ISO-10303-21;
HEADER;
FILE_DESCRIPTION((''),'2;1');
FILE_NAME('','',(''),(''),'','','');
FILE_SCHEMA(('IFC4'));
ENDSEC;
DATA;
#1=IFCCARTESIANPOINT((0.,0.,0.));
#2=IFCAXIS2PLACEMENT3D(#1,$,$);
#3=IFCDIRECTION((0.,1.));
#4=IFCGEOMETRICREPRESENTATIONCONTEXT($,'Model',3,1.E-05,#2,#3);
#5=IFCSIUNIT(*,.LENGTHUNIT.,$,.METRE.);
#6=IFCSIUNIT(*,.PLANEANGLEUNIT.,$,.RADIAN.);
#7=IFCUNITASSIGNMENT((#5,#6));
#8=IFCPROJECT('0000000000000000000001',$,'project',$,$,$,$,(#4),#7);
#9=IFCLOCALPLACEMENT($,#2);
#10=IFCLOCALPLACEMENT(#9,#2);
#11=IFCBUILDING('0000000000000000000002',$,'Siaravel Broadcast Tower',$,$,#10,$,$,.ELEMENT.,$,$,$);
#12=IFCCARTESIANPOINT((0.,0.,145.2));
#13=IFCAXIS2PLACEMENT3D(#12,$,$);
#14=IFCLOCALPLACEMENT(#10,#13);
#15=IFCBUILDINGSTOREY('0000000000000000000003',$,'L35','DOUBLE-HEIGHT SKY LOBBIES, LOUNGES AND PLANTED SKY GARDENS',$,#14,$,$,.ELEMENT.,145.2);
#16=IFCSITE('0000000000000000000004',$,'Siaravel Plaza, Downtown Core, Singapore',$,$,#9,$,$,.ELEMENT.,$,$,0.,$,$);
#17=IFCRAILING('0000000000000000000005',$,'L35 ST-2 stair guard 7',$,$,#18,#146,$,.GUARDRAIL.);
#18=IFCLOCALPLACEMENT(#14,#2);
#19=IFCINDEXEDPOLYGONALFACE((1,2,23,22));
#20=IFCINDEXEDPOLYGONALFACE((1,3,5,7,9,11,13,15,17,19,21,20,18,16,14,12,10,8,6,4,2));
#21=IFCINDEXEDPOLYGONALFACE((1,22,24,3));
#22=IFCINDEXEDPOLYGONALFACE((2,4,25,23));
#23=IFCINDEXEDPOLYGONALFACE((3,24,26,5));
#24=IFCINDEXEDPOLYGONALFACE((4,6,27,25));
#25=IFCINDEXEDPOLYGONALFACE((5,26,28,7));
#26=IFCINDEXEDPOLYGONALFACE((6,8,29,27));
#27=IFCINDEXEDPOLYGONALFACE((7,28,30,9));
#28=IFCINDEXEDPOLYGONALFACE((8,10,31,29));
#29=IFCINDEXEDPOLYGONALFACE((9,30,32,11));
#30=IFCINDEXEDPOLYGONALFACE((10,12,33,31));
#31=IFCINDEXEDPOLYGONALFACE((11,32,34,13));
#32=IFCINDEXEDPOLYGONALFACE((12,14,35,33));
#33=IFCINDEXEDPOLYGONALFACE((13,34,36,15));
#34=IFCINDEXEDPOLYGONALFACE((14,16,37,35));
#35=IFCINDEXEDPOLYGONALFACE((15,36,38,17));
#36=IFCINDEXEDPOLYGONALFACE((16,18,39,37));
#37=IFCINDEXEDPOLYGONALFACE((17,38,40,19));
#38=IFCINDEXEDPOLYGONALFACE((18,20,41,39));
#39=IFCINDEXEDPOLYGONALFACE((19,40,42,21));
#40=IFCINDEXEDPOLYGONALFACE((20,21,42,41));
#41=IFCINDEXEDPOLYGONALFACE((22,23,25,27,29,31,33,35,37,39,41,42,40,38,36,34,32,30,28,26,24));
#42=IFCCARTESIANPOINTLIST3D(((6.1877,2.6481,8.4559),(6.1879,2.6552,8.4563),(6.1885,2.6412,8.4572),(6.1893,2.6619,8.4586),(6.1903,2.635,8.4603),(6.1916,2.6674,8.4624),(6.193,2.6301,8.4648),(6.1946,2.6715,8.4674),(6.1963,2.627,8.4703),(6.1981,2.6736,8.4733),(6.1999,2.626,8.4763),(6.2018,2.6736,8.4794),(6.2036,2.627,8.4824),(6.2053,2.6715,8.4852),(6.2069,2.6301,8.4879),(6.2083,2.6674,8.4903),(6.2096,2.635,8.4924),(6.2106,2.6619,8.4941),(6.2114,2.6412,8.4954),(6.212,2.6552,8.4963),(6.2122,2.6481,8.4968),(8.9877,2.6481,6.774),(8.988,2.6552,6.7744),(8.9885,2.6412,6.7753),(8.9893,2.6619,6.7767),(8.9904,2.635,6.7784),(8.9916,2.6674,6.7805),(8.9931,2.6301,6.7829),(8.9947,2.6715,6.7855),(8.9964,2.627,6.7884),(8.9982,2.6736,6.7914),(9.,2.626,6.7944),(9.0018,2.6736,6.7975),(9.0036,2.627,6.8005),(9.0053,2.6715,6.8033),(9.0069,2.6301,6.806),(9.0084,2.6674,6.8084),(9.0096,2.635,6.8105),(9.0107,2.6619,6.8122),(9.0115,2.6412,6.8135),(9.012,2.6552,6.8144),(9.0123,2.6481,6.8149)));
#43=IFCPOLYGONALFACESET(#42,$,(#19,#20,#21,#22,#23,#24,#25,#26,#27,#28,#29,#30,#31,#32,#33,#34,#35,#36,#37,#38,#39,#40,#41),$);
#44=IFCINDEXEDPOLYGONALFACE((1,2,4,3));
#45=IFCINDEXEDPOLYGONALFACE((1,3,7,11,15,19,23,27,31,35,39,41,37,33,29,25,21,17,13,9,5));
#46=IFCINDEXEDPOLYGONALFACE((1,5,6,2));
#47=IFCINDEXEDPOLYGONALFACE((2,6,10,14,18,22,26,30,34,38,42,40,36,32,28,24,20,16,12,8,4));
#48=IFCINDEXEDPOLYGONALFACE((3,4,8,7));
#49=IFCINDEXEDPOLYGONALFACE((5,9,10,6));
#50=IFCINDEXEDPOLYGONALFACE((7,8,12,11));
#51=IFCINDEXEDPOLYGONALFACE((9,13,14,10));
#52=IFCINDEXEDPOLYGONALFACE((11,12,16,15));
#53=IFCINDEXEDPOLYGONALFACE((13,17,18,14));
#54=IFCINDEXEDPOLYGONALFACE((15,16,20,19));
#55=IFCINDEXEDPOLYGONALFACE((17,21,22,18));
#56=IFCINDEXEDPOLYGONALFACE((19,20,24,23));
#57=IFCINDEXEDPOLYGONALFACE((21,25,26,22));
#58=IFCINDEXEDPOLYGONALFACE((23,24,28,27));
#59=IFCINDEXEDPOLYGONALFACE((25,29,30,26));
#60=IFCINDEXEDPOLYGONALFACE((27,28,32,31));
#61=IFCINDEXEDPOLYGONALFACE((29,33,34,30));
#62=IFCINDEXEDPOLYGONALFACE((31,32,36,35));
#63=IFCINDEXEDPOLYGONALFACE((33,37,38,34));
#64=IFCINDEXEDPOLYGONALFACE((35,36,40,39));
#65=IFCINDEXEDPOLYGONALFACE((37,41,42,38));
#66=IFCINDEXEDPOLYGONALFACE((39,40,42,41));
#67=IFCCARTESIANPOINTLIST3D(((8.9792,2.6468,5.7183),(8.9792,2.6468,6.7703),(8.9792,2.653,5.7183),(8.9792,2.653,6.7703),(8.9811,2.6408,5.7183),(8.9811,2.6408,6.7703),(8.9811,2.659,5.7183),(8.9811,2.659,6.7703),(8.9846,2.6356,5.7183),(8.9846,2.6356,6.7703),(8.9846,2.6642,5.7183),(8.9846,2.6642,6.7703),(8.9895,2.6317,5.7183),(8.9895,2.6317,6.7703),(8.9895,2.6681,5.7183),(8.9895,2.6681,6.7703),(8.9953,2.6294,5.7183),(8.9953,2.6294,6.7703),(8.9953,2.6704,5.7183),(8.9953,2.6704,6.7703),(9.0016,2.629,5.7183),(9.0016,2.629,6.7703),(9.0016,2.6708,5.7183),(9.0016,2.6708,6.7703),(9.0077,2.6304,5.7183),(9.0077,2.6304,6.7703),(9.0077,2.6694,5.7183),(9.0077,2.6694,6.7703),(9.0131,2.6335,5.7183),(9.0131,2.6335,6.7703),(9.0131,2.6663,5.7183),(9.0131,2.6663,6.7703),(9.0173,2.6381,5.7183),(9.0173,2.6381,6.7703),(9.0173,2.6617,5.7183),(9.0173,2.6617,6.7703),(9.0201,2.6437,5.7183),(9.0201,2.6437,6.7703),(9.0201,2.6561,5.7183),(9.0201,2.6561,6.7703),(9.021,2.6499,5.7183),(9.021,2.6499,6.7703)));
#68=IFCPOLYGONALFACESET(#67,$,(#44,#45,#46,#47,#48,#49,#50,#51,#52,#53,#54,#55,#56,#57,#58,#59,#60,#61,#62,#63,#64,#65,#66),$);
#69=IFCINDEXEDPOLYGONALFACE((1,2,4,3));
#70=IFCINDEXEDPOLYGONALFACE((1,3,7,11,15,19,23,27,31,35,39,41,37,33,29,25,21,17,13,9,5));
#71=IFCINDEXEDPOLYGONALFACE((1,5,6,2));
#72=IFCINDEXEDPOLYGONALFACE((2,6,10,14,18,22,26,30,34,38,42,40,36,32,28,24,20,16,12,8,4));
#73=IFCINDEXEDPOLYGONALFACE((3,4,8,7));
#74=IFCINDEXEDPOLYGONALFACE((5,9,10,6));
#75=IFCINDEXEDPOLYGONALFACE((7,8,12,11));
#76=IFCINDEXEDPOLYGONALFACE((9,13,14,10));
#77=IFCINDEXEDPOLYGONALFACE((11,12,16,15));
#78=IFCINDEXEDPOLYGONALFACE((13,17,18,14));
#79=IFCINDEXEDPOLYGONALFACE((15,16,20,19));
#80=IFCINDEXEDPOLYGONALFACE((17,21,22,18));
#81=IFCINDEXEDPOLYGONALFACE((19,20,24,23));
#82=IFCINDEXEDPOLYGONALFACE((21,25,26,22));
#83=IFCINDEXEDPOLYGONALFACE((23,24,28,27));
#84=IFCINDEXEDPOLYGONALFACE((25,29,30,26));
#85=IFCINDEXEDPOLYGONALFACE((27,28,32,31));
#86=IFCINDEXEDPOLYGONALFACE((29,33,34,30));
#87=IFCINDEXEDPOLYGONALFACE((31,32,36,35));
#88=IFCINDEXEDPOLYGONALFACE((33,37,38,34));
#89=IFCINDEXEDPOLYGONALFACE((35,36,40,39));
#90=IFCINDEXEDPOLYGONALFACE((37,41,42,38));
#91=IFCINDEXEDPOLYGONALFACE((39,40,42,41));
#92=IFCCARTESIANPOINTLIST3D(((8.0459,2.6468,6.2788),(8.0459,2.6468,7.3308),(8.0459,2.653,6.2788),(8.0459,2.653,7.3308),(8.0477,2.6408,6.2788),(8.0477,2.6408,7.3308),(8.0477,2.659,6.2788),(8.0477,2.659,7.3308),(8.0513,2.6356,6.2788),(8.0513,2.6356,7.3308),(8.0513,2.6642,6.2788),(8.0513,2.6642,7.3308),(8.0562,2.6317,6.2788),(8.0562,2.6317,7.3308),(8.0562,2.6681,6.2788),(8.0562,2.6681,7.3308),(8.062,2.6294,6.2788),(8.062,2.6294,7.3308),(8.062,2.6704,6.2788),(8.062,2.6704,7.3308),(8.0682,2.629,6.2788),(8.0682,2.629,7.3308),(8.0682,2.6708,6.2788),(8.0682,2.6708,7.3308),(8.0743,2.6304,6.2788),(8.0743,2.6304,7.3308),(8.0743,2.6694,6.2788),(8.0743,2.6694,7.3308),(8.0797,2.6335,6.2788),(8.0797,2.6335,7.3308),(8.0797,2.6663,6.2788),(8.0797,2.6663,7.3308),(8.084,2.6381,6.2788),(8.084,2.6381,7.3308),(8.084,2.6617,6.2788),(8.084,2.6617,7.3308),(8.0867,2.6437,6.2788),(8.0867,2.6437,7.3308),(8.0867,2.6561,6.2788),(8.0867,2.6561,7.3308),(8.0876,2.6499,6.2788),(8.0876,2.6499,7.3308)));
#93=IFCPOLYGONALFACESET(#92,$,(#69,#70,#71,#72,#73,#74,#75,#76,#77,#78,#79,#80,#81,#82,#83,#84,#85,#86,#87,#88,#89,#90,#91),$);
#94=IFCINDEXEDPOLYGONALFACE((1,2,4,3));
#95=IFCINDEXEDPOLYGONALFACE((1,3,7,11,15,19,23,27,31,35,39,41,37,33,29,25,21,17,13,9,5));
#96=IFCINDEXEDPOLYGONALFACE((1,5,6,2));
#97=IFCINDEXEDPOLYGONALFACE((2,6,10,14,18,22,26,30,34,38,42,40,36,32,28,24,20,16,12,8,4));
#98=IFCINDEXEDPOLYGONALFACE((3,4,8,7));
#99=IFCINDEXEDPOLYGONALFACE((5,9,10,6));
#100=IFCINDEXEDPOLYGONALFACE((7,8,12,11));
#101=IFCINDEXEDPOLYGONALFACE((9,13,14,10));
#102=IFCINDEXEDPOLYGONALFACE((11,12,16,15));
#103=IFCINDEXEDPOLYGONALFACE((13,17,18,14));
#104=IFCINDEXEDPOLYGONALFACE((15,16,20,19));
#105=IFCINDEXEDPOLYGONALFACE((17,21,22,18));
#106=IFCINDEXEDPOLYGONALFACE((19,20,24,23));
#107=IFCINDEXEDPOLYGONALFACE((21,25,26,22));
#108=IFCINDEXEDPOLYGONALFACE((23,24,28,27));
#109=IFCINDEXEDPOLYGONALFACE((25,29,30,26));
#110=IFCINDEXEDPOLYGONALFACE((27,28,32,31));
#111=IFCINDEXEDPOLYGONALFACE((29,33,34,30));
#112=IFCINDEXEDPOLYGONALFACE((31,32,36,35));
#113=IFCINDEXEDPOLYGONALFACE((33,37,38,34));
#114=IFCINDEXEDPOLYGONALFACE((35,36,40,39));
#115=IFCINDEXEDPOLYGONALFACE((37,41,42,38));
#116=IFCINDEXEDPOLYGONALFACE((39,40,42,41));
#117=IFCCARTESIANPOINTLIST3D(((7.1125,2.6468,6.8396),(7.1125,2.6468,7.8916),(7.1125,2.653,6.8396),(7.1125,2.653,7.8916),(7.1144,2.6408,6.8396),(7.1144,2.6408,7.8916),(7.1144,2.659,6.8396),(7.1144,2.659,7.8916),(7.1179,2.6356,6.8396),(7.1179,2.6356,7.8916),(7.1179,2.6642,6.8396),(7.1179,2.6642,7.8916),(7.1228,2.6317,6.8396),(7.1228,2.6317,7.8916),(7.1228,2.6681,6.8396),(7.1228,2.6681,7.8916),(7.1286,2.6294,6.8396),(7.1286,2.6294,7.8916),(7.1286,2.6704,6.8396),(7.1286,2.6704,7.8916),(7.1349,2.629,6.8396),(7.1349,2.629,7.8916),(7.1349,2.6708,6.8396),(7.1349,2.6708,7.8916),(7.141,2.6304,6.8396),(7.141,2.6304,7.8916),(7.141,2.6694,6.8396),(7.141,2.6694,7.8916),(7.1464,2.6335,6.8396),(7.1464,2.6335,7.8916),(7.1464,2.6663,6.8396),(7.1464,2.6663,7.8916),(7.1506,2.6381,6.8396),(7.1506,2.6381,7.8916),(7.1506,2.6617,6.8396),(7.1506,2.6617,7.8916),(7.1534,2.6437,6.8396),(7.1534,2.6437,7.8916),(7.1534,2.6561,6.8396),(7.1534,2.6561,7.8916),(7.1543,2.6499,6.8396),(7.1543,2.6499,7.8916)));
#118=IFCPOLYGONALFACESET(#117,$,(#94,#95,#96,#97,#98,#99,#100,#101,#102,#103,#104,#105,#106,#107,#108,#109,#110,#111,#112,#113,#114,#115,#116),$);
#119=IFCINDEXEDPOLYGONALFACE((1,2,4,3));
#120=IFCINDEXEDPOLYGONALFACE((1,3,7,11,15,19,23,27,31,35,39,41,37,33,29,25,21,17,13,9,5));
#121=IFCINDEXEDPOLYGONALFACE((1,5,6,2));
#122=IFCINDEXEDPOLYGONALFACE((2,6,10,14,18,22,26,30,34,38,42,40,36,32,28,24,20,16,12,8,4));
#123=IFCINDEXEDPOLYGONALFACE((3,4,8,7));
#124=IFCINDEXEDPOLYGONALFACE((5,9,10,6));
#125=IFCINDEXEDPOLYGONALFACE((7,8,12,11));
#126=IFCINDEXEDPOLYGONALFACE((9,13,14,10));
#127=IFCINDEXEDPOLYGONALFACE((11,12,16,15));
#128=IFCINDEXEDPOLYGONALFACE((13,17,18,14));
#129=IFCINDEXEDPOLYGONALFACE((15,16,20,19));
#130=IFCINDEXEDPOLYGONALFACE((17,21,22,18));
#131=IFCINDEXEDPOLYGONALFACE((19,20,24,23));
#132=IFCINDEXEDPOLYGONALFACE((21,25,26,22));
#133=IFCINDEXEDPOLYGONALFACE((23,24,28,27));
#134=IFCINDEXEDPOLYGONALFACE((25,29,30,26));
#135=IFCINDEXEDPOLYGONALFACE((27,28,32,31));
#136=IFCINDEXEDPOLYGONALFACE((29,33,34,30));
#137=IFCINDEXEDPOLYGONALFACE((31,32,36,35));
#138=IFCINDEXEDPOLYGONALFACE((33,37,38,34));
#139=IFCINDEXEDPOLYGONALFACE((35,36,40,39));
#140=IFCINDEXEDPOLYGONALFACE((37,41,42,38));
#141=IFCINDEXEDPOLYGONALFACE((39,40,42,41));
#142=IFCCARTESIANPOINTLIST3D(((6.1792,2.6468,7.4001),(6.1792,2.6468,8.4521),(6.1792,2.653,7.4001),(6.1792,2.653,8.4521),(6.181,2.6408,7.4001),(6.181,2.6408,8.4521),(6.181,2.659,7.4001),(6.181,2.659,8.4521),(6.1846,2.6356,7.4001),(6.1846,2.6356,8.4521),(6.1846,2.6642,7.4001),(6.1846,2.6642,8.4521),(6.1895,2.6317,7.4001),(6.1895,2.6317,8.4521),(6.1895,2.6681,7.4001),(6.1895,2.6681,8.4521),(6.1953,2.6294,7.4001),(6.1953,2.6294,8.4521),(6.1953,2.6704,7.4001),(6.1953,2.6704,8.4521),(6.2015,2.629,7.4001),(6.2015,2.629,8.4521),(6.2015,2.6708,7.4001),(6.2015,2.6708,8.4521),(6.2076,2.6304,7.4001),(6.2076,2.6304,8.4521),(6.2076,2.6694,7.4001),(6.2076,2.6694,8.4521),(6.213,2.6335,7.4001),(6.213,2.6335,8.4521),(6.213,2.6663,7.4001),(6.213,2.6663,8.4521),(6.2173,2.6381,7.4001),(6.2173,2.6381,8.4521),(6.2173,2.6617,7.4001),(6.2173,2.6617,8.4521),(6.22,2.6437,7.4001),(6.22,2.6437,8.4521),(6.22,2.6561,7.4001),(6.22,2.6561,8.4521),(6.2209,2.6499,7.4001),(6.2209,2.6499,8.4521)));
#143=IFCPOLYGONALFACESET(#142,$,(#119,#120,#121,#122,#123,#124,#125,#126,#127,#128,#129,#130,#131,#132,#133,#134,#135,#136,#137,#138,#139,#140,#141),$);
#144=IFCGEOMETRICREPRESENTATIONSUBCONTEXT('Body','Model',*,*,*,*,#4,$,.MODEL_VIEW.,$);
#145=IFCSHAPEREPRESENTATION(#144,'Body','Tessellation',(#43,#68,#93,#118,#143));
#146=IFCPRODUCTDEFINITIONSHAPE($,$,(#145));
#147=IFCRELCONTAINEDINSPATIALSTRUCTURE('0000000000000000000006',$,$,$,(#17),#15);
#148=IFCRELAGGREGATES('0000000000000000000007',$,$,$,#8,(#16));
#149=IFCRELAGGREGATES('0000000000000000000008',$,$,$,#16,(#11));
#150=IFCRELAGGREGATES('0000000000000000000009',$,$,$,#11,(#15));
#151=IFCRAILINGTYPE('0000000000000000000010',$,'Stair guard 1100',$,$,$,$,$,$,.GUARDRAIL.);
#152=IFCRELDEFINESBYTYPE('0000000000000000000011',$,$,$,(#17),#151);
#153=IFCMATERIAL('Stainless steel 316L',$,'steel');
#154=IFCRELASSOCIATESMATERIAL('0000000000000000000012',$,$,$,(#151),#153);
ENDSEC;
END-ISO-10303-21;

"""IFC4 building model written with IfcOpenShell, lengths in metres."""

from ifc_helpers import new_model, si_unit, direction, frame, origin, origin_2d, place, context, subcontext, project, spatial, circle, extrude, material, type_object, element, save


model = new_model("IFC4")

# Units and contexts
model_context = context("Model", 3, precision=1e-05, world=origin(), true_north=direction((0.0, 1.0)))
body_context = subcontext(model_context, "Body", "Model", "MODEL_VIEW")
ifc_project = project(units=[si_unit("LENGTHUNIT", "METRE"), si_unit("PLANEANGLEUNIT", "RADIAN")], contexts=[model_context])

# Site, building, storey
site_placement = place(None, origin())
site = spatial("IfcSite", under=ifc_project, at=site_placement, Name="Siaravel Plaza, Downtown Core, Singapore", CompositionType="ELEMENT", RefElevation=0.0)
building_placement = place(site_placement, origin())
building = spatial("IfcBuilding", under=site, at=building_placement, Name="Siaravel Broadcast Tower", CompositionType="ELEMENT")
storey_placement = place(building_placement, frame((0.0, 0.0, 145.2)))
storey = spatial("IfcBuildingStorey", under=building, at=storey_placement, Name="L35", Description="DOUBLE-HEIGHT SKY LOBBIES, LOUNGES AND PLANTED SKY GARDENS", CompositionType="ELEMENT", Elevation=145.2)

# Railing
ifc_material_1 = material(Name="Stainless steel 316L", Category="steel")
railing_type_1 = type_object("IfcRailingType", Name="Stair guard 1100", PredefinedType="GUARDRAIL", material=ifc_material_1)
railing_1_placement = place(storey_placement, frame((9.0, 2.6499, 5.7183)))
element("IfcRailing", 1, at=railing_1_placement, inside=storey, type_object=railing_type_1, Name="L35 ST-2 stair guard 7", PredefinedType="GUARDRAIL", context=body_context, shape_type="SweptSolid", body=[
    extrude(circle(Radius=0.0239, at=origin_2d()), frame((0.0, 0.0, 1.0762), z_axis=(-0.857242, 0.0, 0.514913), x_axis=(0.0, -1.0, 0.0)), (0.0, 0.0, 1.0), 3.2664),
    extrude(circle(Radius=0.021, at=origin_2d()), origin(), (0.0, 0.0, 1.0), 1.052),
    extrude(circle(Radius=0.021, at=origin_2d()), frame((-0.9333, 0.0, 0.5605)), (0.0, 0.0, 1.0), 1.052),
    extrude(circle(Radius=0.021, at=origin_2d()), frame((-1.8667, 0.0, 1.1213)), (0.0, 0.0, 1.0), 1.052),
    extrude(circle(Radius=0.021, at=origin_2d()), frame((-2.8, 0.0, 1.6819)), (0.0, 0.0, 1.0), 1.052),
])

save(model, "model.ifc")
